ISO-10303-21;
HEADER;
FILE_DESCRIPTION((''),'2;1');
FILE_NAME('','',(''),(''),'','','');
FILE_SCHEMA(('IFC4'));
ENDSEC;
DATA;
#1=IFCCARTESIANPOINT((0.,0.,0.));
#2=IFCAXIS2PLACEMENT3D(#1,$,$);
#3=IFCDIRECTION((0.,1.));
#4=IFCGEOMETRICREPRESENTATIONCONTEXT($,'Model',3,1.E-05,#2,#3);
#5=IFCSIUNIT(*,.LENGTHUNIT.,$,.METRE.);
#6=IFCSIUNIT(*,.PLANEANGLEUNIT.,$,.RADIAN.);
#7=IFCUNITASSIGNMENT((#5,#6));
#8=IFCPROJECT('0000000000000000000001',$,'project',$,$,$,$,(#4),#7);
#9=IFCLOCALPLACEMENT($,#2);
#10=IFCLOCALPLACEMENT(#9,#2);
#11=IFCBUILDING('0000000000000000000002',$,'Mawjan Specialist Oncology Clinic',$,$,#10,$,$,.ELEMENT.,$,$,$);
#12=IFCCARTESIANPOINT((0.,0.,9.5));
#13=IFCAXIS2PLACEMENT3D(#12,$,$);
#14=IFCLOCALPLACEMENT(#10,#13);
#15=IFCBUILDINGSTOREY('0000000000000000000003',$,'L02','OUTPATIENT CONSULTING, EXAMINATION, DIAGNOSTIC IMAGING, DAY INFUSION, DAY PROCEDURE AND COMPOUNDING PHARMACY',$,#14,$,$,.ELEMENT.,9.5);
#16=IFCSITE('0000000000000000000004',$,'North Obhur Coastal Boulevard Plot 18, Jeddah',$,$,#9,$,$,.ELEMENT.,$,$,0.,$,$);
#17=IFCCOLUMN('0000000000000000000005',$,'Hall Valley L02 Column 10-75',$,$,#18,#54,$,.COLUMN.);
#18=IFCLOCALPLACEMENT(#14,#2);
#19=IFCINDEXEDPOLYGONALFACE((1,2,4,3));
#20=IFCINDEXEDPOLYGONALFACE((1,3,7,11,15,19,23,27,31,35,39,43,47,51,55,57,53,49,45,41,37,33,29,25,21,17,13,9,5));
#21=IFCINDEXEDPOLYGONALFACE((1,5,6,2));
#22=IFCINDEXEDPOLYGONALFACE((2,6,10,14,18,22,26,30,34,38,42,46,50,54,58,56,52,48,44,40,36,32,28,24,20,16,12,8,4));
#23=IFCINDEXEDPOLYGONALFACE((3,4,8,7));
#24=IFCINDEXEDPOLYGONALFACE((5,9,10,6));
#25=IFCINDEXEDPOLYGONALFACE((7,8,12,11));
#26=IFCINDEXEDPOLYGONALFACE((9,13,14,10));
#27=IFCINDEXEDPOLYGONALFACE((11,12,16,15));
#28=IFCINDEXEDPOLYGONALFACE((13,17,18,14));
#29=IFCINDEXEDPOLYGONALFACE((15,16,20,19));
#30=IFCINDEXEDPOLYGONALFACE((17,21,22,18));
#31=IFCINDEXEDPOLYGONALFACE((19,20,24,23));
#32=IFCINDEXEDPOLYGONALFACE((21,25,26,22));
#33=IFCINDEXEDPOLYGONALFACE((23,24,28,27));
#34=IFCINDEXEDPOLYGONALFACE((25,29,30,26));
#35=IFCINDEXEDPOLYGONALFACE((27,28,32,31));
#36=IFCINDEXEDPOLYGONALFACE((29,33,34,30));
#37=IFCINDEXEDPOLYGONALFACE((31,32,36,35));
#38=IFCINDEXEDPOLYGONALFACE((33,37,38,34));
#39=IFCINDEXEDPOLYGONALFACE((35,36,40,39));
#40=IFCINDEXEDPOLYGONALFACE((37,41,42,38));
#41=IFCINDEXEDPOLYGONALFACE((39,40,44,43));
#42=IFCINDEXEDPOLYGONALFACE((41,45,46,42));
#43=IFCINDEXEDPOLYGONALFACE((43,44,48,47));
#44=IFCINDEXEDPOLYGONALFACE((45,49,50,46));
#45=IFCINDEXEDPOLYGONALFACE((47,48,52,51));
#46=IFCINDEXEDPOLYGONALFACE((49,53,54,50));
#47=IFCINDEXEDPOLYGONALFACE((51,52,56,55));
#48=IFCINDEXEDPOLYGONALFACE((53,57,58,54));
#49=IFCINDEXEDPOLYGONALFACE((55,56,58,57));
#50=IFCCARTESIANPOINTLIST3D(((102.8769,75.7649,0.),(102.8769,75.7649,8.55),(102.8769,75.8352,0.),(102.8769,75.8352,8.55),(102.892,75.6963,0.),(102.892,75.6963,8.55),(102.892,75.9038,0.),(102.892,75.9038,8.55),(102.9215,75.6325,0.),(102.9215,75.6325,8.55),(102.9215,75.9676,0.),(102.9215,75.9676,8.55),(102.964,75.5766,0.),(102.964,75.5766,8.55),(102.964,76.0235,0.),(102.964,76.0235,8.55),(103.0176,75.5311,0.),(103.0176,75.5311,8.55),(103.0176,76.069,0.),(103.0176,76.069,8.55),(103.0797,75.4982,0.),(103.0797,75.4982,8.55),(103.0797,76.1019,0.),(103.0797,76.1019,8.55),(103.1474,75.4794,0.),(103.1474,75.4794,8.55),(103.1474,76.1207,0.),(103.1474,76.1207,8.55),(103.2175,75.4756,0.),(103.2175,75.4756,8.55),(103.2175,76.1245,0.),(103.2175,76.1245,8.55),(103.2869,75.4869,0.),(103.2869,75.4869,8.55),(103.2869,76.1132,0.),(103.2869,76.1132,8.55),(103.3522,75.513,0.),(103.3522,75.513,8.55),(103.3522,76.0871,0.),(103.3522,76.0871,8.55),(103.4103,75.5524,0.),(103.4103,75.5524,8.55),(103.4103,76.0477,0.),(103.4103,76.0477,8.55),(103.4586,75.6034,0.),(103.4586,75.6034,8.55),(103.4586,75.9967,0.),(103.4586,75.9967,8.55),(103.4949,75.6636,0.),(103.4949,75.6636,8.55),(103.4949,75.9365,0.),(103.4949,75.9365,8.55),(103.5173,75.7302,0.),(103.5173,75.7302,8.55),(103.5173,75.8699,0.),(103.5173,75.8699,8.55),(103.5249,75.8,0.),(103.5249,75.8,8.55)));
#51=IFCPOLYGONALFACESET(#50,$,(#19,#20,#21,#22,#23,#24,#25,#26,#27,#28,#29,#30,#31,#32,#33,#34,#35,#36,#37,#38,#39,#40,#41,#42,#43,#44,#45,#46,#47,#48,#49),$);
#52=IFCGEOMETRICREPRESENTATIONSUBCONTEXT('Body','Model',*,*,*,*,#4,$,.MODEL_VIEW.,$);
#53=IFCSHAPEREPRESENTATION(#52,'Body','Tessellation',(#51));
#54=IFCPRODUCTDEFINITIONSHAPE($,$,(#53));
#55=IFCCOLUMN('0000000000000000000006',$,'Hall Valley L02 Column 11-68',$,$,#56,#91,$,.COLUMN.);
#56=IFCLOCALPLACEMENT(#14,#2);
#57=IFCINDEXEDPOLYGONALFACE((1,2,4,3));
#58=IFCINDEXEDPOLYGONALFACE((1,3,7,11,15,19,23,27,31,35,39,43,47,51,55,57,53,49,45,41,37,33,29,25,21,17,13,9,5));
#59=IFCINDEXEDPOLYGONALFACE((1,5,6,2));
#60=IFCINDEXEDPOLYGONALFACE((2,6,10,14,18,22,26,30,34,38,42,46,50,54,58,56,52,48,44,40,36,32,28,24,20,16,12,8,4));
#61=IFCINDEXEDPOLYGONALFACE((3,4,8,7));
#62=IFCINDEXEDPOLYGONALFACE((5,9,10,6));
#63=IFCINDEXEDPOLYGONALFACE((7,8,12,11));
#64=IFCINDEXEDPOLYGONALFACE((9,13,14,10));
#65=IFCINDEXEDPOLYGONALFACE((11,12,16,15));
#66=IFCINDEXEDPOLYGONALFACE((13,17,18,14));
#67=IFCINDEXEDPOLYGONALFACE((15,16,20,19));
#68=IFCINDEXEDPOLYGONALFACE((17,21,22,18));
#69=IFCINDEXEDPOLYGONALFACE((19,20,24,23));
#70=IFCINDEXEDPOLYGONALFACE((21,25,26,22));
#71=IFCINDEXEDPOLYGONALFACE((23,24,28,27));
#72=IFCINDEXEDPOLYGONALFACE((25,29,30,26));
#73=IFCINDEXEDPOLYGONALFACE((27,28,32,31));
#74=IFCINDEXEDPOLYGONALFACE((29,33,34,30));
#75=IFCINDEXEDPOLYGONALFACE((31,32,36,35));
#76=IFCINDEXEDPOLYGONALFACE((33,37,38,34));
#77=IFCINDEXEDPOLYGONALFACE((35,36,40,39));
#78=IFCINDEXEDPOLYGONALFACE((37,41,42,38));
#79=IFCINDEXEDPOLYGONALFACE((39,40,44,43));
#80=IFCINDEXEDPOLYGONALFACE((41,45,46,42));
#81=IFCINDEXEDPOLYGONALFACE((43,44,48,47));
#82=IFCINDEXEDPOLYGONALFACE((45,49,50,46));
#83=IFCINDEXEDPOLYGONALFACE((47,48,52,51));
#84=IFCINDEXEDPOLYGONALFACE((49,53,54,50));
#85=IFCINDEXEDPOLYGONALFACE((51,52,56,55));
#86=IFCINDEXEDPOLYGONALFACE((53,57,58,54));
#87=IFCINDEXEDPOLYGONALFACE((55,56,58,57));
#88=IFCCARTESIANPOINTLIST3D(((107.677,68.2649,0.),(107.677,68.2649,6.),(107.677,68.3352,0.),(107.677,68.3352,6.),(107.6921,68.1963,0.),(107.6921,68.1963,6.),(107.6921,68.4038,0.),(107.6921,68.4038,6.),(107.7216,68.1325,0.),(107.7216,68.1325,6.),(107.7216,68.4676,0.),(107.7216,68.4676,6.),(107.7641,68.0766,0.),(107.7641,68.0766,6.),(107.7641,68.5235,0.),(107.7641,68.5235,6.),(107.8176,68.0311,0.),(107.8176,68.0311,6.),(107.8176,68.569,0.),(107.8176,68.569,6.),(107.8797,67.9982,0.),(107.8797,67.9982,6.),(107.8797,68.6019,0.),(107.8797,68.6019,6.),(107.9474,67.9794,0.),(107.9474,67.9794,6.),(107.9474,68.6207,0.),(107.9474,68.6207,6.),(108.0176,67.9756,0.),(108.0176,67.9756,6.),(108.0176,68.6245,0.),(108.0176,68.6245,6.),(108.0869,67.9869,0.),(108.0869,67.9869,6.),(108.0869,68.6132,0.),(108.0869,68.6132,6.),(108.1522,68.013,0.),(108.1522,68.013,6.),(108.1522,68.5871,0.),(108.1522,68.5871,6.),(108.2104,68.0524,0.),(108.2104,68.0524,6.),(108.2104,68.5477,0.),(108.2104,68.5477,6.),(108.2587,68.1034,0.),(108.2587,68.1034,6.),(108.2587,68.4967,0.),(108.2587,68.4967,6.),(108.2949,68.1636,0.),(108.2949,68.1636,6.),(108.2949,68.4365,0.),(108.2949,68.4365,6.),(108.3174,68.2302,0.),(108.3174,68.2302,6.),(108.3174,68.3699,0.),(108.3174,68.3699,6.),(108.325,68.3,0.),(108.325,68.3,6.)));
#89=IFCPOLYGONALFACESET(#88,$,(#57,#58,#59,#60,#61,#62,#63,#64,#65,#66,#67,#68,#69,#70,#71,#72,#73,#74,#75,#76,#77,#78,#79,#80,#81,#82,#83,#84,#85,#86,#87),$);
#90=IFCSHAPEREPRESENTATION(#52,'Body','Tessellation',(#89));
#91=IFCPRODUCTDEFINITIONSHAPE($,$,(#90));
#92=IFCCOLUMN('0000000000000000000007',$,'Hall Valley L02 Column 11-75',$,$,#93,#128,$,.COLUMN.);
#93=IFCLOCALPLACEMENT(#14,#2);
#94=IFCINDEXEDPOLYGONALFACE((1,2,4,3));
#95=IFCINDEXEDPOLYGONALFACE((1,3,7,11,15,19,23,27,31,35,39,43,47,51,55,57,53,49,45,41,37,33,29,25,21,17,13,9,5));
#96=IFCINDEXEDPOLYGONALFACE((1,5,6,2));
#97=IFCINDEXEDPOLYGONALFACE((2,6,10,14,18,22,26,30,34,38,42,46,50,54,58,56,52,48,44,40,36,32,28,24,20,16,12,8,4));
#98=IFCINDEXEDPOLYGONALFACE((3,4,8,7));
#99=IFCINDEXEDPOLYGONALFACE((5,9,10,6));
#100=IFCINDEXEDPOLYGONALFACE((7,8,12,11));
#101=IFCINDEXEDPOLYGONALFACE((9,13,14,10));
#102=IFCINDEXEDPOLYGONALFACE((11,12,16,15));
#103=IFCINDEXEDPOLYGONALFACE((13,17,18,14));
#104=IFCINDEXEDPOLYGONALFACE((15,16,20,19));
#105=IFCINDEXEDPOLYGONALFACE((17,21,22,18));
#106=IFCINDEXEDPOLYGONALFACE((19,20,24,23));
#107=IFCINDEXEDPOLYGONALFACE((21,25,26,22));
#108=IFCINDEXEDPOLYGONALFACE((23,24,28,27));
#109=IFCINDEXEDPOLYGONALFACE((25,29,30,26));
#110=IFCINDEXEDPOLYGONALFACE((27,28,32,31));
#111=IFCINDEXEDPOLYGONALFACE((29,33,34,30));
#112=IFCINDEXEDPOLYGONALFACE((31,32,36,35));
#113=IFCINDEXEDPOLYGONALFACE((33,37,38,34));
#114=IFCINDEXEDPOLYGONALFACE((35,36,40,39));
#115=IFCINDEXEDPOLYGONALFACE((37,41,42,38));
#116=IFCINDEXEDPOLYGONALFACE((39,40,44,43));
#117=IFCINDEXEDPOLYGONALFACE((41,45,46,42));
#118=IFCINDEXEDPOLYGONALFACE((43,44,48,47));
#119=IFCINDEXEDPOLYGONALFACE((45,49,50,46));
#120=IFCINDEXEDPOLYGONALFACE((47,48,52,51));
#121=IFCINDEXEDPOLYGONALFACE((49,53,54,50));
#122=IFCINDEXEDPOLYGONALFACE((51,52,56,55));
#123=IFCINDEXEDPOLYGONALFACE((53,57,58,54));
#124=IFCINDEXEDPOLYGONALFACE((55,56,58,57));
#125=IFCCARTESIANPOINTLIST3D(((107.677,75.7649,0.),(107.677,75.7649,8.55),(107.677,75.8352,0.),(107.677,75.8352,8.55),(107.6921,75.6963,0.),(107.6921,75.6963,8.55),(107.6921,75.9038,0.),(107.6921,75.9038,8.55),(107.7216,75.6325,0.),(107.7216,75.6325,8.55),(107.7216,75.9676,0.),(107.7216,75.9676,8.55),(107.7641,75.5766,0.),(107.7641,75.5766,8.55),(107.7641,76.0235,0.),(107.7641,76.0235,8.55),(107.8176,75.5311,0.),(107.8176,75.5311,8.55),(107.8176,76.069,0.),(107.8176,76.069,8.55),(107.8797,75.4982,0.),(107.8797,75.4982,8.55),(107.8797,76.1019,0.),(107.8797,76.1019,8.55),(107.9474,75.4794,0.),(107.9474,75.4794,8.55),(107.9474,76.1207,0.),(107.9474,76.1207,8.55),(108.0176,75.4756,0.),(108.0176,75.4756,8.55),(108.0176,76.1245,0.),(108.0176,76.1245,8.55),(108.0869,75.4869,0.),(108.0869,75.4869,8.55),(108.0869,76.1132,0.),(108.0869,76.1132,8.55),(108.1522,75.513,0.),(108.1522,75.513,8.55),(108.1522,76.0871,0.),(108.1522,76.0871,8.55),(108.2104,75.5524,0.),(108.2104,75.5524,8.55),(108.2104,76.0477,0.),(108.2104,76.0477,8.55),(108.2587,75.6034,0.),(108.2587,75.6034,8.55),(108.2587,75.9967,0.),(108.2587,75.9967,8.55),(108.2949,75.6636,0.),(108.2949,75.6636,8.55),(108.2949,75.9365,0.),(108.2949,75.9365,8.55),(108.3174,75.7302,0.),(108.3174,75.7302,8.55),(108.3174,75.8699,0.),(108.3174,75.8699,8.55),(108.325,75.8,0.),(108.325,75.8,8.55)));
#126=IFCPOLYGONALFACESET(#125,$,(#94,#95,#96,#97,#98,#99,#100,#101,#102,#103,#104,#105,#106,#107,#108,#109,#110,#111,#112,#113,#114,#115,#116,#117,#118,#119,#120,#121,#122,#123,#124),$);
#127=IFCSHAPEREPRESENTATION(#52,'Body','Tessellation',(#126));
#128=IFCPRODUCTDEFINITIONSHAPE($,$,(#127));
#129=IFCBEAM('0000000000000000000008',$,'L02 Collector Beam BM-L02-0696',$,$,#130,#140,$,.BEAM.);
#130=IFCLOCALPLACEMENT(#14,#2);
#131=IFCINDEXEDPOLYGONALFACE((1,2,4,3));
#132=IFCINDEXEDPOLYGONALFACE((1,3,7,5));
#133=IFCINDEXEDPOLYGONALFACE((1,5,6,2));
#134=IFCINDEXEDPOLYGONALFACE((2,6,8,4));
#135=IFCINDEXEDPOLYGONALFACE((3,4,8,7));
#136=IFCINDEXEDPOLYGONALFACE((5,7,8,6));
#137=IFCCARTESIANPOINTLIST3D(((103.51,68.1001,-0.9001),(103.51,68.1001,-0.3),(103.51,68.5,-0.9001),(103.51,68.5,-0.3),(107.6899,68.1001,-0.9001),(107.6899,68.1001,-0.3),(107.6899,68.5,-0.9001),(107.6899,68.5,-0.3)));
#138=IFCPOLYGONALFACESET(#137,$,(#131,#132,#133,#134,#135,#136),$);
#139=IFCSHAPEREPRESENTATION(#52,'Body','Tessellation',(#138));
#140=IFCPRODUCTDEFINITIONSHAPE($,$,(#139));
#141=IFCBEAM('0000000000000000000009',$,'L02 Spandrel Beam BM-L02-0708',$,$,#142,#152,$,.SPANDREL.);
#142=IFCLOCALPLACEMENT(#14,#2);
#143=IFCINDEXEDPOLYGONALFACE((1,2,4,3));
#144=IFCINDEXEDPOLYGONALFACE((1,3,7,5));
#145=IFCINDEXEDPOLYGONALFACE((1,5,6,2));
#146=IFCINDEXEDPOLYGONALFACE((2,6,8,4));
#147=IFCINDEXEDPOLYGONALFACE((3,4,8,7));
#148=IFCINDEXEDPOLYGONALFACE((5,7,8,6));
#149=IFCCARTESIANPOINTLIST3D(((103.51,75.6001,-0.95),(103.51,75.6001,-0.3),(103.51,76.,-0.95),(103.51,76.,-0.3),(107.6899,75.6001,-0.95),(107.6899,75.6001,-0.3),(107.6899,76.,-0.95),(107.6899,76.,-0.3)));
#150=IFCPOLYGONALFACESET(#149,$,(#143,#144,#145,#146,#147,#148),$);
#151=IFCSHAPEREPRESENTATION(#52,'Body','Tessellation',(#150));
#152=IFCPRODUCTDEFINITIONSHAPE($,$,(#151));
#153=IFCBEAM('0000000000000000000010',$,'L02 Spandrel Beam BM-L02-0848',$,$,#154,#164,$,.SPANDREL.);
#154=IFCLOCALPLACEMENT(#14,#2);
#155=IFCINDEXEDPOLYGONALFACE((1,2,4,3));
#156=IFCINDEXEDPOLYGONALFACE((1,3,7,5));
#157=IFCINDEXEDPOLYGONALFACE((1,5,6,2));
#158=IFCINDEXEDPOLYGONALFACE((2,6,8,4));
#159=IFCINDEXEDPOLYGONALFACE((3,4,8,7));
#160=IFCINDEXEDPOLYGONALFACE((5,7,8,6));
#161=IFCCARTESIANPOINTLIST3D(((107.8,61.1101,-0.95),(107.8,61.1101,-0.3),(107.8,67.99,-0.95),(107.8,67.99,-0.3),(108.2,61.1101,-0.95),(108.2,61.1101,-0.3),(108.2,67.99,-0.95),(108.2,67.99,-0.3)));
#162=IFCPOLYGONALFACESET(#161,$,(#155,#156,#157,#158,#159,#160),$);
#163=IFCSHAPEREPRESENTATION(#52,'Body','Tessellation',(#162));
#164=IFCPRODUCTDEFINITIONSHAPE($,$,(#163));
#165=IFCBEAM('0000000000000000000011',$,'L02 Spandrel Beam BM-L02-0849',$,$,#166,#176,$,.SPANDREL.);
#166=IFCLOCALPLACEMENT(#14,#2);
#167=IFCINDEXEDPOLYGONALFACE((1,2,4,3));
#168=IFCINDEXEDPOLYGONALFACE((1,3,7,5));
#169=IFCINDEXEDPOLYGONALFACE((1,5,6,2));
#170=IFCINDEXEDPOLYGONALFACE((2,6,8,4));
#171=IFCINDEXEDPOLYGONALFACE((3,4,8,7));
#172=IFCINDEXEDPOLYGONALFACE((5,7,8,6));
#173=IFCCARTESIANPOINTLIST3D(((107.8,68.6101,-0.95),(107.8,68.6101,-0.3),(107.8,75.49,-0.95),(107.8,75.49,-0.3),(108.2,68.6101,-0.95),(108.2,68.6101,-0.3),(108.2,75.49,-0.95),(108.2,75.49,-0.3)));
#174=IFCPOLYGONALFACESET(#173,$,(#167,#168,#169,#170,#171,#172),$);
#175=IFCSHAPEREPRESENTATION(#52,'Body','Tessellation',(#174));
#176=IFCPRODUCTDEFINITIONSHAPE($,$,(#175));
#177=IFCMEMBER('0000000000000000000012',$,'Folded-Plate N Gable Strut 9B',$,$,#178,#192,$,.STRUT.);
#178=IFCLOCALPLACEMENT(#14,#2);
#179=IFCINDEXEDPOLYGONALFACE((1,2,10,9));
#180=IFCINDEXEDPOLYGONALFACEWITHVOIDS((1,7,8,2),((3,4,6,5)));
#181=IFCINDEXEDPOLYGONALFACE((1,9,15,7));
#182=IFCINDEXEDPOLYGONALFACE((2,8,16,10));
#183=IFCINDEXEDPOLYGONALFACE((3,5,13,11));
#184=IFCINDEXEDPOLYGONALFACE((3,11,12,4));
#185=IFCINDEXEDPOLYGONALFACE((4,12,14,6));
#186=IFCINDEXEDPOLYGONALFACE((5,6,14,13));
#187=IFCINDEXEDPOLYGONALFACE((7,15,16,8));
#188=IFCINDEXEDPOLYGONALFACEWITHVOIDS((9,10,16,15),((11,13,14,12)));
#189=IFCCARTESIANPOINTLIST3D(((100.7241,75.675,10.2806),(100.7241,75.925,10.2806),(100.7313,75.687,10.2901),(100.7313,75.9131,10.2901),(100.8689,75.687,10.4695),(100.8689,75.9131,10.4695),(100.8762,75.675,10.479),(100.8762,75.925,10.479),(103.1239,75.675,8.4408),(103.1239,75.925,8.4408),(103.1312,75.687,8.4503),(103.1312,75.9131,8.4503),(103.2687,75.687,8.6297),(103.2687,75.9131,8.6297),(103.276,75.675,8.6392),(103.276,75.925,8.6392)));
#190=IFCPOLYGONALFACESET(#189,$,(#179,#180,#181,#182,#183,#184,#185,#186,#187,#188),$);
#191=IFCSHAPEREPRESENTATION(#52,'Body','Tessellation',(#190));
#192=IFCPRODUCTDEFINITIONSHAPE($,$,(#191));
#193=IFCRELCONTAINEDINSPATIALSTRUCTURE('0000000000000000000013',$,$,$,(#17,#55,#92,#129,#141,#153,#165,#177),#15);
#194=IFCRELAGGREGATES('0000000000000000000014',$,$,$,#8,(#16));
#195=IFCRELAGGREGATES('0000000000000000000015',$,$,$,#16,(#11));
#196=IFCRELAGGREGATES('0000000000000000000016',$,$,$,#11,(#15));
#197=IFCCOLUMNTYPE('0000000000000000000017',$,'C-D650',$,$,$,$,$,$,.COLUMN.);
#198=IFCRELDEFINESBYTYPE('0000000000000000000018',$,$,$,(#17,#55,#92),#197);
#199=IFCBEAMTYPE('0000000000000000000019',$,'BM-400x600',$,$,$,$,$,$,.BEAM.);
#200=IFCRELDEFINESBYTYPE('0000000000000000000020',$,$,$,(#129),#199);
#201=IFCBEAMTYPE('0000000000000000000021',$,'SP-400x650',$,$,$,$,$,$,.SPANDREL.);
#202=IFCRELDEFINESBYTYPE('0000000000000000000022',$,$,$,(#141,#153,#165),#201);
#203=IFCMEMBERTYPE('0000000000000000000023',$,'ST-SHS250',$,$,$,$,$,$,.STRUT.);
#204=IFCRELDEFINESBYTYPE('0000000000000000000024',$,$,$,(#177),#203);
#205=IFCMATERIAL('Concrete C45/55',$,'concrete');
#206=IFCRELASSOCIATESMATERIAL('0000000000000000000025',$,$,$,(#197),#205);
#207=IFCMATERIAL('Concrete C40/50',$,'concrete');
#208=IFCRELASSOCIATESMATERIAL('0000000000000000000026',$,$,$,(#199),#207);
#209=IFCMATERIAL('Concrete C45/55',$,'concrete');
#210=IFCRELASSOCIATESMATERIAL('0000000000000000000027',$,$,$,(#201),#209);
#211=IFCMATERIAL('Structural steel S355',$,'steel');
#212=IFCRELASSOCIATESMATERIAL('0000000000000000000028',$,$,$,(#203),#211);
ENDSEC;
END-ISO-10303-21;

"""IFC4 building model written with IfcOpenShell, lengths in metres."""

from ifc_helpers import new_model, si_unit, direction, frame, origin, origin_2d, place, context, subcontext, project, spatial, rectangle, hollow_rectangle, circle, extrude, material, material_profile, profile_set, type_object, element, save


model = new_model("IFC4")

# Units and contexts
model_context = context("Model", 3, precision=1e-05, world=origin(), true_north=direction((0.0, 1.0)))
body_context = subcontext(model_context, "Body", "Model", "MODEL_VIEW")
ifc_project = project(units=[si_unit("LENGTHUNIT", "METRE"), si_unit("PLANEANGLEUNIT", "RADIAN")], contexts=[model_context])

# Site, building, storey
site_placement = place(None, origin())
site = spatial("IfcSite", under=ifc_project, at=site_placement, Name="North Obhur Coastal Boulevard Plot 18, Jeddah", CompositionType="ELEMENT", RefElevation=0.0)
building_placement = place(site_placement, origin())
building = spatial("IfcBuilding", under=site, at=building_placement, Name="Mawjan Specialist Oncology Clinic", CompositionType="ELEMENT")
storey_placement = place(building_placement, frame((0.0, 0.0, 9.5)))
storey = spatial("IfcBuildingStorey", under=building, at=storey_placement, Name="L02", Description="OUTPATIENT CONSULTING, EXAMINATION, DIAGNOSTIC IMAGING, DAY INFUSION, DAY PROCEDURE AND COMPOUNDING PHARMACY", CompositionType="ELEMENT", Elevation=9.5)

# Columns
ifc_material_1 = material(Name="Concrete C45/55", Category="concrete")
ifc_material_profile_1 = material_profile(ifc_material_1, circle(Radius=0.325, at=origin_2d()), Name="RC COL D650", Category="concrete")
ifc_profile_set_1 = profile_set([ifc_material_profile_1], Name="Concrete C45/55")
column_type = type_object("IfcColumnType", Name="C-D650", PredefinedType="COLUMN", material=ifc_profile_set_1)
column_1_placement = place(storey_placement, frame((103.2, 75.8, 0.0), z_axis=(0.0, 0.0, 1.0), x_axis=(1.0, 0.0, 0.0)))
element("IfcColumn", 1, at=column_1_placement, inside=storey, type_object=column_type, Name="Hall Valley L02 Column 10-75", PredefinedType="COLUMN", context=body_context, shape_type="SweptSolid", body=[
    extrude(circle(Radius=0.325, at=origin_2d()), origin(), (0.0, 0.0, 1.0), 8.55),
])
column_2_placement = place(storey_placement, frame((108.0, 68.3, 0.0), z_axis=(0.0, 0.0, 1.0), x_axis=(1.0, 0.0, 0.0)))
element("IfcColumn", 2, at=column_2_placement, inside=storey, type_object=column_type, Name="Hall Valley L02 Column 11-68", PredefinedType="COLUMN", context=body_context, shape_type="SweptSolid", body=[
    extrude(circle(Radius=0.325, at=origin_2d()), origin(), (0.0, 0.0, 1.0), 6.0),
])
column_3_placement = place(storey_placement, frame((108.0, 75.8, 0.0), z_axis=(0.0, 0.0, 1.0), x_axis=(1.0, 0.0, 0.0)))
element("IfcColumn", 3, at=column_3_placement, inside=storey, type_object=column_type, Name="Hall Valley L02 Column 11-75", PredefinedType="COLUMN", context=body_context, shape_type="SweptSolid", body=[
    extrude(circle(Radius=0.325, at=origin_2d()), origin(), (0.0, 0.0, 1.0), 8.55),
])

# Beams
ifc_material_2 = material(Name="Concrete C40/50", Category="concrete")
ifc_material_profile_2 = material_profile(ifc_material_2, rectangle(XDim=0.3999, YDim=0.6001, at=origin_2d()), Name="RC BM 400x600", Category="concrete")
ifc_profile_set_2 = profile_set([ifc_material_profile_2], Name="Concrete C40/50")
beam_type_1 = type_object("IfcBeamType", Name="BM-400x600", PredefinedType="BEAM", material=ifc_profile_set_2)
beam_1_placement = place(storey_placement, frame((103.51, 68.3, -0.6001), z_axis=(1.0, 0.0, 0.0), x_axis=(0.0, 1.0, 0.0)))
element("IfcBeam", 4, at=beam_1_placement, inside=storey, type_object=beam_type_1, Name="L02 Collector Beam BM-L02-0696", PredefinedType="BEAM", context=body_context, shape_type="SweptSolid", body=[
    extrude(rectangle(XDim=0.3999, YDim=0.6001, at=origin_2d()), origin(), (0.0, 0.0, 1.0), 4.1799),
])
ifc_material_3 = material(Name="Concrete C45/55", Category="concrete")
ifc_material_profile_3 = material_profile(ifc_material_3, rectangle(XDim=0.3999, YDim=0.6499, at=origin_2d()), Name="RC BM 400x650", Category="concrete")
ifc_profile_set_3 = profile_set([ifc_material_profile_3], Name="Concrete C45/55")
beam_type_2 = type_object("IfcBeamType", Name="SP-400x650", PredefinedType="SPANDREL", material=ifc_profile_set_3)
beam_2_placement = place(storey_placement, frame((103.51, 75.8, -0.625), z_axis=(1.0, 0.0, 0.0), x_axis=(0.0, 1.0, 0.0)))
element("IfcBeam", 5, at=beam_2_placement, inside=storey, type_object=beam_type_2, Name="L02 Spandrel Beam BM-L02-0708", PredefinedType="SPANDREL", context=body_context, shape_type="SweptSolid", body=[
    extrude(rectangle(XDim=0.3999, YDim=0.6499, at=origin_2d()), origin(), (0.0, 0.0, 1.0), 4.1799),
])
for number, where, z_axis, x_axis, name in (
    (6, (108.0, 61.1101, -0.625), (0.0, 1.0, 0.0), (-1.0, 0.0, 0.0), "L02 Spandrel Beam BM-L02-0848"),
    (7, (108.0, 68.6101, -0.625), (0.0, 1.0, 0.0), (-1.0, 0.0, 0.0), "L02 Spandrel Beam BM-L02-0849"),
):
    element("IfcBeam", number, at=place(storey_placement, frame(where, z_axis=z_axis, x_axis=x_axis)), inside=storey, type_object=beam_type_2, Name=name, PredefinedType="SPANDREL", context=body_context, shape_type="SweptSolid", body=[
        extrude(rectangle(XDim=0.3999, YDim=0.6499, at=origin_2d()), origin(), (0.0, 0.0, 1.0), 6.8799),
    ])

# Member
ifc_material_4 = material(Name="Structural steel S355", Category="steel")
ifc_material_profile_4 = material_profile(ifc_material_4, hollow_rectangle(XDim=0.25, YDim=0.25, WallThickness=0.012, at=origin_2d()), Name="SHS 250x250x12", Category="steel")
ifc_profile_set_4 = profile_set([ifc_material_profile_4], Name="Structural steel S355")
member_type = type_object("IfcMemberType", Name="ST-SHS250", PredefinedType="STRUT", material=ifc_profile_set_4)
member_1_placement = place(storey_placement, frame((103.2, 75.8, 8.54), z_axis=(-0.793619, 0.0, 0.608415), x_axis=(0.0, -1.0, 0.0)))
element("IfcMember", 8, at=member_1_placement, inside=storey, type_object=member_type, Name="Folded-Plate N Gable Strut 9B", PredefinedType="STRUT", context=body_context, shape_type="SweptSolid", body=[
    extrude(hollow_rectangle(XDim=0.25, YDim=0.25, WallThickness=0.012, at=origin_2d()), origin(), (0.0, 0.0, 1.0), 3.0239),
])

save(model, "model.ifc")
